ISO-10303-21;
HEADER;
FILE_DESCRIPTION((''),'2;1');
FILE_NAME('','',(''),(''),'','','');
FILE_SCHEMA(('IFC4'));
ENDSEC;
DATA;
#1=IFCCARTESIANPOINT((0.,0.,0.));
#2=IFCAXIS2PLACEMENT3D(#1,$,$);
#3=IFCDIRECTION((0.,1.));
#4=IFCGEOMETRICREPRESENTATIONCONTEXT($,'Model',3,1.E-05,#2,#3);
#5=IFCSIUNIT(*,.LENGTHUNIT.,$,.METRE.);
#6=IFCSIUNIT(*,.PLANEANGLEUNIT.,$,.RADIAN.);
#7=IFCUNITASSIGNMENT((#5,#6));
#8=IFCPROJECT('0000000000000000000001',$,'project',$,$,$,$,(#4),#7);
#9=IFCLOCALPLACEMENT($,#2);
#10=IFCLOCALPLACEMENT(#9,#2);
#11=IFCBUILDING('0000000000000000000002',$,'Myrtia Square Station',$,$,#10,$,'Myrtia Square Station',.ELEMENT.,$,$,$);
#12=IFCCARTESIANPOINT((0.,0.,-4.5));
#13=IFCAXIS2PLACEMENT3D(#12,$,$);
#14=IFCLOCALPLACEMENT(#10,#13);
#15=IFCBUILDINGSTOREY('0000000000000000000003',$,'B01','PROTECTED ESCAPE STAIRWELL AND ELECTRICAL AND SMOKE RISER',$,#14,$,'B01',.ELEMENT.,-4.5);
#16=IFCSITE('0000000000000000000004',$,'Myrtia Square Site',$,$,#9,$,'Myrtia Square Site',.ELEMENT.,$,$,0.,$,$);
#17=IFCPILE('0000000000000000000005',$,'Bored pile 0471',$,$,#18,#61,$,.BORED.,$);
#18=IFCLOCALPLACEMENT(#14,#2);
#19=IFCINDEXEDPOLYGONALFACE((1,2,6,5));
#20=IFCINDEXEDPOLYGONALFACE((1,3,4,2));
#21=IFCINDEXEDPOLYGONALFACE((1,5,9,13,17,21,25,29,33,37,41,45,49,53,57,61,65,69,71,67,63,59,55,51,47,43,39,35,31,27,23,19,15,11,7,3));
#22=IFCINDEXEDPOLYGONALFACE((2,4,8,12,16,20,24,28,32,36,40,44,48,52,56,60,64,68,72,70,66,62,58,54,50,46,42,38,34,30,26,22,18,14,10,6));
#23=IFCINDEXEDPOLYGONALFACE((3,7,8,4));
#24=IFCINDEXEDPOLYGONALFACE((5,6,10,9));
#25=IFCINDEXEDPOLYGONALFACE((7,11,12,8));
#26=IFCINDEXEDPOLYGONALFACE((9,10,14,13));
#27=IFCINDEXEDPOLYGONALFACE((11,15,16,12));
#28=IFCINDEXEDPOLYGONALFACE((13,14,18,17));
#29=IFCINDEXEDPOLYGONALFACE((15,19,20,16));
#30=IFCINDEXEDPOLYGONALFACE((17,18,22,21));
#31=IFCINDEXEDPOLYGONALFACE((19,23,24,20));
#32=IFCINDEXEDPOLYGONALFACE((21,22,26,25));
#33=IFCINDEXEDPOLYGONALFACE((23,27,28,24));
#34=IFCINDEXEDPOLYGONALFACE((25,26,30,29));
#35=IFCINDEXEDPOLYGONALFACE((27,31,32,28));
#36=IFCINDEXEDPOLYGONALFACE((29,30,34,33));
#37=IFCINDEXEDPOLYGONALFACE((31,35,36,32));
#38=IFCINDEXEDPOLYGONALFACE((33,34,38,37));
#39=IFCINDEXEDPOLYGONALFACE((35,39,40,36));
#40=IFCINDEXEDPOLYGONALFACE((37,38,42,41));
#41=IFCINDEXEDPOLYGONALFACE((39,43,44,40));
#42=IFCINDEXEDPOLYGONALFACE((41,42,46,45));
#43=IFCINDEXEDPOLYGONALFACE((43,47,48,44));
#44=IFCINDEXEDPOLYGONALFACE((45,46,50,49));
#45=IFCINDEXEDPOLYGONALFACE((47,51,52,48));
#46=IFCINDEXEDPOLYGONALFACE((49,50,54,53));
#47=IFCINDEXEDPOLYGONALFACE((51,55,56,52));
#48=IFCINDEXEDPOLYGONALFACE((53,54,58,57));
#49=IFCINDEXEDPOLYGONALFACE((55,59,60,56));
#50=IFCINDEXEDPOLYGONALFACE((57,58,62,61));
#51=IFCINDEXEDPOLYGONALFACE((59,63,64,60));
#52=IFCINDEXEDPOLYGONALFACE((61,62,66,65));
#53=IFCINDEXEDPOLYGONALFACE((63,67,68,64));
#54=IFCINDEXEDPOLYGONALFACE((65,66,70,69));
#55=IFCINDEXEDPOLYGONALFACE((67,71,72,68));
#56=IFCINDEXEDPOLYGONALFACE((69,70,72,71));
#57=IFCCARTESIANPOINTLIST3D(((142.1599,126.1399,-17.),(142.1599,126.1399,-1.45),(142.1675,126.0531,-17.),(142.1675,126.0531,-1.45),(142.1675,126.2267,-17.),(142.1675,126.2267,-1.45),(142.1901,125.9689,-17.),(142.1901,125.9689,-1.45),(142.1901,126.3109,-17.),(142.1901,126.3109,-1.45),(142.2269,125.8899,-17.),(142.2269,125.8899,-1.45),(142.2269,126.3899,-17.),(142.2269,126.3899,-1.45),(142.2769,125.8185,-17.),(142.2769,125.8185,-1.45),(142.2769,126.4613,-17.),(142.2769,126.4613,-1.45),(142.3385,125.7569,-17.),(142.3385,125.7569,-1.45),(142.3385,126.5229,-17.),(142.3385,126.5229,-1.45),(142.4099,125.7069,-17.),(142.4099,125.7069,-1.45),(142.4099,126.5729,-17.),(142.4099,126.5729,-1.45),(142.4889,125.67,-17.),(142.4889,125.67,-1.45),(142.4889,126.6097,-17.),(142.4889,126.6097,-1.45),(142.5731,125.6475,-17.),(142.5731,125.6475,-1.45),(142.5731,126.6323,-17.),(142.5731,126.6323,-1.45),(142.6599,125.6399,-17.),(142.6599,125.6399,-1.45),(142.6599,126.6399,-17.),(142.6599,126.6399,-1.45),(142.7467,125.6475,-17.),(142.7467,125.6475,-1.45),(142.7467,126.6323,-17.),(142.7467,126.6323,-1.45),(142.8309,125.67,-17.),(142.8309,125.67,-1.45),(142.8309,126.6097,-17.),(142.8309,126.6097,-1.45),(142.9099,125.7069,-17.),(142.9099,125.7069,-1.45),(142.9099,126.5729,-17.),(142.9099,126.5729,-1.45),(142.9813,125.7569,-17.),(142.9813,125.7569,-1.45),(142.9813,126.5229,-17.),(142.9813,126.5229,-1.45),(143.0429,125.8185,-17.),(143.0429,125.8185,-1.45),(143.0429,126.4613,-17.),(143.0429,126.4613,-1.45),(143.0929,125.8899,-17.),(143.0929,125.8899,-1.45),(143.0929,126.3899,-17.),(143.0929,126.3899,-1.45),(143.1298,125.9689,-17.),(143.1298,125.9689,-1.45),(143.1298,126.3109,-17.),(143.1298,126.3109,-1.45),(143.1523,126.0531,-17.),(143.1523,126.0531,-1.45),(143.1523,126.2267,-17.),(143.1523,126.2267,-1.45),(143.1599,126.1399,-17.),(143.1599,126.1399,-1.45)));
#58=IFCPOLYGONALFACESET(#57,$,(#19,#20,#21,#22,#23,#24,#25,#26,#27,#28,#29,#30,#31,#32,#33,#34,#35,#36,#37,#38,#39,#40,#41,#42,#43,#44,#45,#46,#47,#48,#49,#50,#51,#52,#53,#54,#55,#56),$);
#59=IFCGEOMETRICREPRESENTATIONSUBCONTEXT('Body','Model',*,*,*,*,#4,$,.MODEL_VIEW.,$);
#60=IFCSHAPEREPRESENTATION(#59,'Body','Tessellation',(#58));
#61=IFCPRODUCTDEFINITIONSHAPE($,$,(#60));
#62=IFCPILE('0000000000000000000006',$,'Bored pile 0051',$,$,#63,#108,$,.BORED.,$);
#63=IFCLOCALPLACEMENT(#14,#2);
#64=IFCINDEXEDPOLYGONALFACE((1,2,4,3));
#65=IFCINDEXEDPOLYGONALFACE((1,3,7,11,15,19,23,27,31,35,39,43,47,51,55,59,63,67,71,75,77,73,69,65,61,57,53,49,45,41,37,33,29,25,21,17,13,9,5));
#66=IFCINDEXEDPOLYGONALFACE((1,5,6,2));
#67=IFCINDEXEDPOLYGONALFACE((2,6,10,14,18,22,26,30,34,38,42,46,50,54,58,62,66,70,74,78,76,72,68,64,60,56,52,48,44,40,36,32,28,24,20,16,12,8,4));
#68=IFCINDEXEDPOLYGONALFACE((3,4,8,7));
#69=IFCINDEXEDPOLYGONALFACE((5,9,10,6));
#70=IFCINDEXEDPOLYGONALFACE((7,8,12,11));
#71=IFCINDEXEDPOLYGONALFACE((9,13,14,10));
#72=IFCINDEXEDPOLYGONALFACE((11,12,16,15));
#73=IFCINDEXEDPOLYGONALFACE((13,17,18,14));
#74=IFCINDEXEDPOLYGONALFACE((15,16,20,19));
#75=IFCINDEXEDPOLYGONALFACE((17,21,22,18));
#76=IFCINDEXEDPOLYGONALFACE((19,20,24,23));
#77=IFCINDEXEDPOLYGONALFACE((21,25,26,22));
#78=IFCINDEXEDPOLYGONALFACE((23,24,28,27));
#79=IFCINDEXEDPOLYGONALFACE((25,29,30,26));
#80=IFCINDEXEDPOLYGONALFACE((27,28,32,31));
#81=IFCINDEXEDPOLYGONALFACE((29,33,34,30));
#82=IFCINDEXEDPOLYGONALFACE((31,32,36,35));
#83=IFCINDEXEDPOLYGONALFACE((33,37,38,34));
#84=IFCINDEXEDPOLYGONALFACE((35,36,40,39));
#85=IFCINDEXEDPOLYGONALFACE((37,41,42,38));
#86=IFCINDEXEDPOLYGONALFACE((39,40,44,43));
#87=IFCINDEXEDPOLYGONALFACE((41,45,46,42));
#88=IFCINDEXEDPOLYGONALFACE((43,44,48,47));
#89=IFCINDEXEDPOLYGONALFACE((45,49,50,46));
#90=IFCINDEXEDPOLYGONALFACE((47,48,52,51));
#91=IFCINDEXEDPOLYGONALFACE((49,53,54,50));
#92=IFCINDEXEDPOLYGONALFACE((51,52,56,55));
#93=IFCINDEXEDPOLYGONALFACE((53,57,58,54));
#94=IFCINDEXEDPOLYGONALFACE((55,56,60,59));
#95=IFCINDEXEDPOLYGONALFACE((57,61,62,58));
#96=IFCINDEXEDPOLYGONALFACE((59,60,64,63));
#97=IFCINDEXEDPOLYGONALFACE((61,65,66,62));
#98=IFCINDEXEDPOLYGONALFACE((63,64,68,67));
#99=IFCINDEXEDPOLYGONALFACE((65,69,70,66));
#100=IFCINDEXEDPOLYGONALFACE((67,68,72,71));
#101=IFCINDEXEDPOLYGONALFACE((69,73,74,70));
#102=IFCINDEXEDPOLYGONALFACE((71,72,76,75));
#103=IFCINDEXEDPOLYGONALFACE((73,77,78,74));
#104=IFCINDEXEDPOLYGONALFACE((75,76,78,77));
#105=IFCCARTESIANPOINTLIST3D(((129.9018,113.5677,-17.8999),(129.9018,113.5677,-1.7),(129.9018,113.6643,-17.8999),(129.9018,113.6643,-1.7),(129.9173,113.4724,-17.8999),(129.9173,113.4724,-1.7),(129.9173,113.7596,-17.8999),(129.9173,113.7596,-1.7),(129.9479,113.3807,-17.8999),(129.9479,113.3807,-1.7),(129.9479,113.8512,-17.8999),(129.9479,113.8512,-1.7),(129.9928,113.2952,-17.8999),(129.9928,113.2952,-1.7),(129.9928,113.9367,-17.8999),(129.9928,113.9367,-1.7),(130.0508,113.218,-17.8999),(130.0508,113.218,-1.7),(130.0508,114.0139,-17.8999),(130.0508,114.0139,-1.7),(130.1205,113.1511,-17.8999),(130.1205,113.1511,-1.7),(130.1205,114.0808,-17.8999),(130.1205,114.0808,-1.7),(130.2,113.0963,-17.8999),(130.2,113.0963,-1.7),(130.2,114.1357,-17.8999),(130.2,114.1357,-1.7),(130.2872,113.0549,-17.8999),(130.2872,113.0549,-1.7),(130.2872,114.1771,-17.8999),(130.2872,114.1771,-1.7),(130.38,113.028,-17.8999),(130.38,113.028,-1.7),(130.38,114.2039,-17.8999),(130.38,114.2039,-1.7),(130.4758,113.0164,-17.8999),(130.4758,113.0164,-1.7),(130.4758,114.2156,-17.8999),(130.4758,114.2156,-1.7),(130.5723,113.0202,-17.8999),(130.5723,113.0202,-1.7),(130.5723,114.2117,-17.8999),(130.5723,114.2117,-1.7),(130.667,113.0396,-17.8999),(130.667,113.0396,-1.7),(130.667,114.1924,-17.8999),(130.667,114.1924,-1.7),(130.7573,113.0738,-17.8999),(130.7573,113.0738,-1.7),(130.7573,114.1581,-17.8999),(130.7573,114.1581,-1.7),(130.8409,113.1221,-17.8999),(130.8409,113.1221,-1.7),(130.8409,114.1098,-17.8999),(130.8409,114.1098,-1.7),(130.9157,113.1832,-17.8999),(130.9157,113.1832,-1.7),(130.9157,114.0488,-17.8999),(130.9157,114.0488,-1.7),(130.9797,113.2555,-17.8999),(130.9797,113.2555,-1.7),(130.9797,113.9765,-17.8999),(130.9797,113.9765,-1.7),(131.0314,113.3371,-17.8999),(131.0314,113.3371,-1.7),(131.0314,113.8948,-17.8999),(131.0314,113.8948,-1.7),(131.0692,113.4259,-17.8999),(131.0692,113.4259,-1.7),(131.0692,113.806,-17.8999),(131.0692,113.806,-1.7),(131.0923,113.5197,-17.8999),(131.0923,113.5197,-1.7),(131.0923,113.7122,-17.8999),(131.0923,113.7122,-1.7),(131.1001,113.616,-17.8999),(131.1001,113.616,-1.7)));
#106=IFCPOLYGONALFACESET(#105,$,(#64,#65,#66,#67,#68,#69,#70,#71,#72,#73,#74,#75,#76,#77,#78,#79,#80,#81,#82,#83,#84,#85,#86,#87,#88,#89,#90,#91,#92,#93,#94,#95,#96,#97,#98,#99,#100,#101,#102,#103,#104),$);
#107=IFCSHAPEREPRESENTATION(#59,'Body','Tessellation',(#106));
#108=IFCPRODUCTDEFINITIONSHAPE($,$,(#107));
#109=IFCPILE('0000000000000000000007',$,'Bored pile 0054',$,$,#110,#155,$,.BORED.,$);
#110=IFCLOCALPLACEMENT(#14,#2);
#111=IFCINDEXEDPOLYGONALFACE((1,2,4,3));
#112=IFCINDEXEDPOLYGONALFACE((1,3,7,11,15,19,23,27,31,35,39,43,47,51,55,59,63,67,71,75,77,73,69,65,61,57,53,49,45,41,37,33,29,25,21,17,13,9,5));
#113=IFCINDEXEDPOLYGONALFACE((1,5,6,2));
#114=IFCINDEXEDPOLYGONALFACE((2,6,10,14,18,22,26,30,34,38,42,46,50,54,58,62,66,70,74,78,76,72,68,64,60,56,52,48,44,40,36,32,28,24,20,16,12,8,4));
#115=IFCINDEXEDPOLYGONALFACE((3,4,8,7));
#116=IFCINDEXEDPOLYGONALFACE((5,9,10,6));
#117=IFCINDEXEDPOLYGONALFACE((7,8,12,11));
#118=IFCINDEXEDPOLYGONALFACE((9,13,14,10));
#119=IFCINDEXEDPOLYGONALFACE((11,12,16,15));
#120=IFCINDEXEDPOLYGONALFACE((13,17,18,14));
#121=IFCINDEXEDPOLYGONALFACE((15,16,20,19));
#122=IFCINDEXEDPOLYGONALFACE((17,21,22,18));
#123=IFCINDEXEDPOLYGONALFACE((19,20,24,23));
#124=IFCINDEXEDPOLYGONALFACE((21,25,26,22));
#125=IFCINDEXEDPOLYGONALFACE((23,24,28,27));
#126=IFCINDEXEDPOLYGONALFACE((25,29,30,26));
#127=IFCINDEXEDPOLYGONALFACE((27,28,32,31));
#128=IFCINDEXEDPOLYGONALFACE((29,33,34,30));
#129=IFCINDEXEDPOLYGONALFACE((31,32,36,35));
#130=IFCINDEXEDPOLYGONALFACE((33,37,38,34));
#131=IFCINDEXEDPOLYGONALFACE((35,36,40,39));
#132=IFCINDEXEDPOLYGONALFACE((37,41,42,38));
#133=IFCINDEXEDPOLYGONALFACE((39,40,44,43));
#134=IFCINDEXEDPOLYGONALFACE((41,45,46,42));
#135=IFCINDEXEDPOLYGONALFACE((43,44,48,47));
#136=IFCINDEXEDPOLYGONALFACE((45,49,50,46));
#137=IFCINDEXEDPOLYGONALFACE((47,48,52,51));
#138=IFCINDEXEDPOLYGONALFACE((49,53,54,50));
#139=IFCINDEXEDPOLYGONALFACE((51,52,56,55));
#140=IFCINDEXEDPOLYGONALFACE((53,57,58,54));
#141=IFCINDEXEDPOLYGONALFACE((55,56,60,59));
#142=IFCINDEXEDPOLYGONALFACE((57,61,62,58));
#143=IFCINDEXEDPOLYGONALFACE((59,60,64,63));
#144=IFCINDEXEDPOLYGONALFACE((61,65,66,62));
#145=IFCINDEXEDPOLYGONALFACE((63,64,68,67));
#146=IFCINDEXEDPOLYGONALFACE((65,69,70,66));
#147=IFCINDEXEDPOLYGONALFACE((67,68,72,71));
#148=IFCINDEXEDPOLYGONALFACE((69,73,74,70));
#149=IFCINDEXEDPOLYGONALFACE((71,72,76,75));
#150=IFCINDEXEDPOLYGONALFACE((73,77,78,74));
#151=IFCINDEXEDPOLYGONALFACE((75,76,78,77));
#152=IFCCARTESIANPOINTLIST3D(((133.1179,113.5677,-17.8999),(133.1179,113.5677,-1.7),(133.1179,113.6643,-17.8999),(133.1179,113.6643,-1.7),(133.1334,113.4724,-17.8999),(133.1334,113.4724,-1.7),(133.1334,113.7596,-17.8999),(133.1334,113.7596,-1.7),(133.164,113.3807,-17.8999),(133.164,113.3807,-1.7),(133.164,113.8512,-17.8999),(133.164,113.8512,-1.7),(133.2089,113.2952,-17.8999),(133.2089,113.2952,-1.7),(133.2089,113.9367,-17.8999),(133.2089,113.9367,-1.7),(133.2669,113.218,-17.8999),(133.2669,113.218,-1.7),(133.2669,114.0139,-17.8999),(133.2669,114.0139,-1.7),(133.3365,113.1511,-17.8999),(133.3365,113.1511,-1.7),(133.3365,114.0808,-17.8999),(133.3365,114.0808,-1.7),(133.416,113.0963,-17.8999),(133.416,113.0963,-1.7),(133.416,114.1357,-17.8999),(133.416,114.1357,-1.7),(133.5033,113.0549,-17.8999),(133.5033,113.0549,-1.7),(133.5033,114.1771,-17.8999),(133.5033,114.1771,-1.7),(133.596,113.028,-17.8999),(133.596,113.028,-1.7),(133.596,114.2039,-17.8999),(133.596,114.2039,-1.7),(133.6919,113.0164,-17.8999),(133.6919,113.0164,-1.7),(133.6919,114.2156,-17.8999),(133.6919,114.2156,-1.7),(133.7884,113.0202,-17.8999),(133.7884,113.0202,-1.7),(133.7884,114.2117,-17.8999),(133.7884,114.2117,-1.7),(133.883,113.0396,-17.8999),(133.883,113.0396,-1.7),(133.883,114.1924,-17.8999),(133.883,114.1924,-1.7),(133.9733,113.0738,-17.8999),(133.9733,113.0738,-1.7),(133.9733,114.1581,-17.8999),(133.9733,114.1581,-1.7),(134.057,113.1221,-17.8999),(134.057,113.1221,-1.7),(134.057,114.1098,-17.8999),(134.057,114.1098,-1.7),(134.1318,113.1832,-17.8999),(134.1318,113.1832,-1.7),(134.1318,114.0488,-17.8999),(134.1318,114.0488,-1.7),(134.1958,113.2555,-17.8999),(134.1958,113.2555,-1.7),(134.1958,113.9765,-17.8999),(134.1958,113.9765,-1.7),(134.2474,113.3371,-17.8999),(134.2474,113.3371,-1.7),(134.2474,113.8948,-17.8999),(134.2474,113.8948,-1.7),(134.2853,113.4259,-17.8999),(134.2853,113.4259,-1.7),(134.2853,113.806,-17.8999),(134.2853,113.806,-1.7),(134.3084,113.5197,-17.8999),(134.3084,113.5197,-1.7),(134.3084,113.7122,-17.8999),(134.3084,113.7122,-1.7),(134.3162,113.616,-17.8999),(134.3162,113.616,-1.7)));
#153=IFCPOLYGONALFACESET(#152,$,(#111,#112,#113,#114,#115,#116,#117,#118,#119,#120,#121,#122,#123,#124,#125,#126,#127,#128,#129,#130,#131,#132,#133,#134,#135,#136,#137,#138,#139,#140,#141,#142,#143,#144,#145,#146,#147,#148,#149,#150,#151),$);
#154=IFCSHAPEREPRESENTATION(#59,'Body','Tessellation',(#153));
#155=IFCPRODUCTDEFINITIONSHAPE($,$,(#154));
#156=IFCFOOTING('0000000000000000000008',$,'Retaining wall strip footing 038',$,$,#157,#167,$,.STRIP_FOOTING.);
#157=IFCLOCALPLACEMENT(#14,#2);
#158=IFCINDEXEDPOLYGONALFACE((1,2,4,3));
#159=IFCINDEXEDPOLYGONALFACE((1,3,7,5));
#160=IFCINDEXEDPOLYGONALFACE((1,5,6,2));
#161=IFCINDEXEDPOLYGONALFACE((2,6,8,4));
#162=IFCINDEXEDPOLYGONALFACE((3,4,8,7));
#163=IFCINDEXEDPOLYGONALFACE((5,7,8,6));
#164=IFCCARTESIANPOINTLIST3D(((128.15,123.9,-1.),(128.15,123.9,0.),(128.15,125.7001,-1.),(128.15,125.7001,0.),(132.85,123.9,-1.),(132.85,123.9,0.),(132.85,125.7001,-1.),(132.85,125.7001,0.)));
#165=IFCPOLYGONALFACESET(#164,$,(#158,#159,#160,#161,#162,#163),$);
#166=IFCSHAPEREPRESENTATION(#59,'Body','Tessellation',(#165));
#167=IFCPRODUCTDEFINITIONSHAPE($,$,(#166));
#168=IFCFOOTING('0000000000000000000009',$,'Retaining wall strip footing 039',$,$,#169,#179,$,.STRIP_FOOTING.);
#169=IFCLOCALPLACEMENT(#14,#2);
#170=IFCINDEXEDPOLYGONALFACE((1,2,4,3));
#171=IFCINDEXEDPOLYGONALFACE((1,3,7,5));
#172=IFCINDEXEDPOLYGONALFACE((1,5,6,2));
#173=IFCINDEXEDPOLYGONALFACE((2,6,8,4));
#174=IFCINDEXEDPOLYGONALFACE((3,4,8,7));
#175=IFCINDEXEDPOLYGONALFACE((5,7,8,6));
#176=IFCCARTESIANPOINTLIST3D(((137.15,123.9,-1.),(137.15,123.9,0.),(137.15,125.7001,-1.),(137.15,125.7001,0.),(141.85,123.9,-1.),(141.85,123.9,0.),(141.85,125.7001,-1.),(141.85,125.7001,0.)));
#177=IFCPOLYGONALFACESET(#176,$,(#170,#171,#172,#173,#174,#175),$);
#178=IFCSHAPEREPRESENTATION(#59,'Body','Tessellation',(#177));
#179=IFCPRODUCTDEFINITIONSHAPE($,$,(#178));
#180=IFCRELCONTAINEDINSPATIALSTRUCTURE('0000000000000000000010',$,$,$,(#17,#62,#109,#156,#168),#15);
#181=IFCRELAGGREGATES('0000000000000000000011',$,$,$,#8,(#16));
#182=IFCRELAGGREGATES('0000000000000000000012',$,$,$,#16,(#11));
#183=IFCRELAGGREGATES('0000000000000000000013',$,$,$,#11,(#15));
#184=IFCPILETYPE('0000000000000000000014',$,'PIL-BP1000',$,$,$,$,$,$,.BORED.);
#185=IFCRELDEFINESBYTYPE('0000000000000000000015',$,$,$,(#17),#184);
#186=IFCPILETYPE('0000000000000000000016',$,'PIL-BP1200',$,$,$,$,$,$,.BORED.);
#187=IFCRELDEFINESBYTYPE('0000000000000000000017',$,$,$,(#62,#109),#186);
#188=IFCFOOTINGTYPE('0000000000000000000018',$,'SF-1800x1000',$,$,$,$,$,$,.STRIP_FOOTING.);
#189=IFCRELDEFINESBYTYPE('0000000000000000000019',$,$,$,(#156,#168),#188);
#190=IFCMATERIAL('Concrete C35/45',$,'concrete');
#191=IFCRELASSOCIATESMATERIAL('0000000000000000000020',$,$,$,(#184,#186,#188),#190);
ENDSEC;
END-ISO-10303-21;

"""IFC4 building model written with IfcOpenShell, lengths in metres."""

from ifc_helpers import new_model, si_unit, direction, frame, origin, origin_2d, place, context, subcontext, project, spatial, rectangle, circle, extrude, material, material_profile, profile_set, type_object, element, save


model = new_model("IFC4")

# Units and contexts
model_context = context("Model", 3, precision=1e-05, world=origin(), true_north=direction((0.0, 1.0)))
body_context = subcontext(model_context, "Body", "Model", "MODEL_VIEW")
ifc_project = project(units=[si_unit("LENGTHUNIT", "METRE"), si_unit("PLANEANGLEUNIT", "RADIAN")], contexts=[model_context])

# Site, building, storey
site_placement = place(None, origin())
site = spatial("IfcSite", under=ifc_project, at=site_placement, Name="Myrtia Square Site", LongName="Myrtia Square Site", CompositionType="ELEMENT", RefElevation=0.0)
building_placement = place(site_placement, origin())
building = spatial("IfcBuilding", under=site, at=building_placement, Name="Myrtia Square Station", LongName="Myrtia Square Station", CompositionType="ELEMENT")
storey_placement = place(building_placement, frame((0.0, 0.0, -4.5)))
storey = spatial("IfcBuildingStorey", under=building, at=storey_placement, Name="B01", Description="PROTECTED ESCAPE STAIRWELL AND ELECTRICAL AND SMOKE RISER", LongName="B01", CompositionType="ELEMENT", Elevation=-4.5)

# Shared definitions
ifc_material_1 = material(Name="Concrete C35/45", Category="concrete")

# Piles
ifc_material_profile_1 = material_profile(ifc_material_1, circle(Radius=0.5, at=origin_2d()), Name="BP D1000")
ifc_profile_set_1 = profile_set([ifc_material_profile_1], Name="Concrete C35/45")
pile_type_1 = type_object("IfcPileType", Name="PIL-BP1000", PredefinedType="BORED", material=ifc_profile_set_1)
for number, where, z_axis, x_axis, name in (
    (1, (142.6599, 126.1399, -1.45), (0.0, 0.0, -1.0), (1.0, 0.0, 0.0), "Bored pile 0471"),
):
    element("IfcPile", number, at=place(storey_placement, frame(where, z_axis=z_axis, x_axis=x_axis)), inside=storey, type_object=pile_type_1, Name=name, PredefinedType="BORED", context=body_context, shape_type="SweptSolid", body=[
        extrude(circle(Radius=0.5, at=origin_2d()), origin(), (0.0, 0.0, 1.0), 15.55),
    ])
ifc_material_profile_2 = material_profile(ifc_material_1, circle(Radius=0.6001, at=origin_2d()), Name="BP D1200")
ifc_profile_set_2 = profile_set([ifc_material_profile_2], Name="Concrete C35/45")
pile_type_2 = type_object("IfcPileType", Name="PIL-BP1200", PredefinedType="BORED", material=ifc_profile_set_2)
for number, where, z_axis, x_axis, name in (
    (2, (130.5, 113.616, -1.7), (0.0, 0.0, -1.0), (1.0, 0.0, 0.0), "Bored pile 0051"),
    (3, (133.7161, 113.616, -1.7), (0.0, 0.0, -1.0), (1.0, 0.0, 0.0), "Bored pile 0054"),
):
    element("IfcPile", number, at=place(storey_placement, frame(where, z_axis=z_axis, x_axis=x_axis)), inside=storey, type_object=pile_type_2, Name=name, PredefinedType="BORED", context=body_context, shape_type="SweptSolid", body=[
        extrude(circle(Radius=0.6001, at=origin_2d()), origin(), (0.0, 0.0, 1.0), 16.2),
    ])

# Footings
footing_type_1 = type_object("IfcFootingType", Name="SF-1800x1000", PredefinedType="STRIP_FOOTING", material=ifc_material_1)
for number, where, z_axis, x_axis, name in (
    (4, (130.5, 124.8, -1.0), (0.0, 0.0, 1.0), (1.0, 0.0, 0.0), "Retaining wall strip footing 038"),
    (5, (139.5, 124.8, -1.0), (0.0, 0.0, 1.0), (1.0, 0.0, 0.0), "Retaining wall strip footing 039"),
):
    element("IfcFooting", number, at=place(storey_placement, frame(where, z_axis=z_axis, x_axis=x_axis)), inside=storey, type_object=footing_type_1, Name=name, PredefinedType="STRIP_FOOTING", context=body_context, shape_type="SweptSolid", body=[
        extrude(rectangle(XDim=4.7, YDim=1.8, at=origin_2d()), origin(), (0.0, 0.0, 1.0), 1.0),
    ])

save(model, "model.ifc")
